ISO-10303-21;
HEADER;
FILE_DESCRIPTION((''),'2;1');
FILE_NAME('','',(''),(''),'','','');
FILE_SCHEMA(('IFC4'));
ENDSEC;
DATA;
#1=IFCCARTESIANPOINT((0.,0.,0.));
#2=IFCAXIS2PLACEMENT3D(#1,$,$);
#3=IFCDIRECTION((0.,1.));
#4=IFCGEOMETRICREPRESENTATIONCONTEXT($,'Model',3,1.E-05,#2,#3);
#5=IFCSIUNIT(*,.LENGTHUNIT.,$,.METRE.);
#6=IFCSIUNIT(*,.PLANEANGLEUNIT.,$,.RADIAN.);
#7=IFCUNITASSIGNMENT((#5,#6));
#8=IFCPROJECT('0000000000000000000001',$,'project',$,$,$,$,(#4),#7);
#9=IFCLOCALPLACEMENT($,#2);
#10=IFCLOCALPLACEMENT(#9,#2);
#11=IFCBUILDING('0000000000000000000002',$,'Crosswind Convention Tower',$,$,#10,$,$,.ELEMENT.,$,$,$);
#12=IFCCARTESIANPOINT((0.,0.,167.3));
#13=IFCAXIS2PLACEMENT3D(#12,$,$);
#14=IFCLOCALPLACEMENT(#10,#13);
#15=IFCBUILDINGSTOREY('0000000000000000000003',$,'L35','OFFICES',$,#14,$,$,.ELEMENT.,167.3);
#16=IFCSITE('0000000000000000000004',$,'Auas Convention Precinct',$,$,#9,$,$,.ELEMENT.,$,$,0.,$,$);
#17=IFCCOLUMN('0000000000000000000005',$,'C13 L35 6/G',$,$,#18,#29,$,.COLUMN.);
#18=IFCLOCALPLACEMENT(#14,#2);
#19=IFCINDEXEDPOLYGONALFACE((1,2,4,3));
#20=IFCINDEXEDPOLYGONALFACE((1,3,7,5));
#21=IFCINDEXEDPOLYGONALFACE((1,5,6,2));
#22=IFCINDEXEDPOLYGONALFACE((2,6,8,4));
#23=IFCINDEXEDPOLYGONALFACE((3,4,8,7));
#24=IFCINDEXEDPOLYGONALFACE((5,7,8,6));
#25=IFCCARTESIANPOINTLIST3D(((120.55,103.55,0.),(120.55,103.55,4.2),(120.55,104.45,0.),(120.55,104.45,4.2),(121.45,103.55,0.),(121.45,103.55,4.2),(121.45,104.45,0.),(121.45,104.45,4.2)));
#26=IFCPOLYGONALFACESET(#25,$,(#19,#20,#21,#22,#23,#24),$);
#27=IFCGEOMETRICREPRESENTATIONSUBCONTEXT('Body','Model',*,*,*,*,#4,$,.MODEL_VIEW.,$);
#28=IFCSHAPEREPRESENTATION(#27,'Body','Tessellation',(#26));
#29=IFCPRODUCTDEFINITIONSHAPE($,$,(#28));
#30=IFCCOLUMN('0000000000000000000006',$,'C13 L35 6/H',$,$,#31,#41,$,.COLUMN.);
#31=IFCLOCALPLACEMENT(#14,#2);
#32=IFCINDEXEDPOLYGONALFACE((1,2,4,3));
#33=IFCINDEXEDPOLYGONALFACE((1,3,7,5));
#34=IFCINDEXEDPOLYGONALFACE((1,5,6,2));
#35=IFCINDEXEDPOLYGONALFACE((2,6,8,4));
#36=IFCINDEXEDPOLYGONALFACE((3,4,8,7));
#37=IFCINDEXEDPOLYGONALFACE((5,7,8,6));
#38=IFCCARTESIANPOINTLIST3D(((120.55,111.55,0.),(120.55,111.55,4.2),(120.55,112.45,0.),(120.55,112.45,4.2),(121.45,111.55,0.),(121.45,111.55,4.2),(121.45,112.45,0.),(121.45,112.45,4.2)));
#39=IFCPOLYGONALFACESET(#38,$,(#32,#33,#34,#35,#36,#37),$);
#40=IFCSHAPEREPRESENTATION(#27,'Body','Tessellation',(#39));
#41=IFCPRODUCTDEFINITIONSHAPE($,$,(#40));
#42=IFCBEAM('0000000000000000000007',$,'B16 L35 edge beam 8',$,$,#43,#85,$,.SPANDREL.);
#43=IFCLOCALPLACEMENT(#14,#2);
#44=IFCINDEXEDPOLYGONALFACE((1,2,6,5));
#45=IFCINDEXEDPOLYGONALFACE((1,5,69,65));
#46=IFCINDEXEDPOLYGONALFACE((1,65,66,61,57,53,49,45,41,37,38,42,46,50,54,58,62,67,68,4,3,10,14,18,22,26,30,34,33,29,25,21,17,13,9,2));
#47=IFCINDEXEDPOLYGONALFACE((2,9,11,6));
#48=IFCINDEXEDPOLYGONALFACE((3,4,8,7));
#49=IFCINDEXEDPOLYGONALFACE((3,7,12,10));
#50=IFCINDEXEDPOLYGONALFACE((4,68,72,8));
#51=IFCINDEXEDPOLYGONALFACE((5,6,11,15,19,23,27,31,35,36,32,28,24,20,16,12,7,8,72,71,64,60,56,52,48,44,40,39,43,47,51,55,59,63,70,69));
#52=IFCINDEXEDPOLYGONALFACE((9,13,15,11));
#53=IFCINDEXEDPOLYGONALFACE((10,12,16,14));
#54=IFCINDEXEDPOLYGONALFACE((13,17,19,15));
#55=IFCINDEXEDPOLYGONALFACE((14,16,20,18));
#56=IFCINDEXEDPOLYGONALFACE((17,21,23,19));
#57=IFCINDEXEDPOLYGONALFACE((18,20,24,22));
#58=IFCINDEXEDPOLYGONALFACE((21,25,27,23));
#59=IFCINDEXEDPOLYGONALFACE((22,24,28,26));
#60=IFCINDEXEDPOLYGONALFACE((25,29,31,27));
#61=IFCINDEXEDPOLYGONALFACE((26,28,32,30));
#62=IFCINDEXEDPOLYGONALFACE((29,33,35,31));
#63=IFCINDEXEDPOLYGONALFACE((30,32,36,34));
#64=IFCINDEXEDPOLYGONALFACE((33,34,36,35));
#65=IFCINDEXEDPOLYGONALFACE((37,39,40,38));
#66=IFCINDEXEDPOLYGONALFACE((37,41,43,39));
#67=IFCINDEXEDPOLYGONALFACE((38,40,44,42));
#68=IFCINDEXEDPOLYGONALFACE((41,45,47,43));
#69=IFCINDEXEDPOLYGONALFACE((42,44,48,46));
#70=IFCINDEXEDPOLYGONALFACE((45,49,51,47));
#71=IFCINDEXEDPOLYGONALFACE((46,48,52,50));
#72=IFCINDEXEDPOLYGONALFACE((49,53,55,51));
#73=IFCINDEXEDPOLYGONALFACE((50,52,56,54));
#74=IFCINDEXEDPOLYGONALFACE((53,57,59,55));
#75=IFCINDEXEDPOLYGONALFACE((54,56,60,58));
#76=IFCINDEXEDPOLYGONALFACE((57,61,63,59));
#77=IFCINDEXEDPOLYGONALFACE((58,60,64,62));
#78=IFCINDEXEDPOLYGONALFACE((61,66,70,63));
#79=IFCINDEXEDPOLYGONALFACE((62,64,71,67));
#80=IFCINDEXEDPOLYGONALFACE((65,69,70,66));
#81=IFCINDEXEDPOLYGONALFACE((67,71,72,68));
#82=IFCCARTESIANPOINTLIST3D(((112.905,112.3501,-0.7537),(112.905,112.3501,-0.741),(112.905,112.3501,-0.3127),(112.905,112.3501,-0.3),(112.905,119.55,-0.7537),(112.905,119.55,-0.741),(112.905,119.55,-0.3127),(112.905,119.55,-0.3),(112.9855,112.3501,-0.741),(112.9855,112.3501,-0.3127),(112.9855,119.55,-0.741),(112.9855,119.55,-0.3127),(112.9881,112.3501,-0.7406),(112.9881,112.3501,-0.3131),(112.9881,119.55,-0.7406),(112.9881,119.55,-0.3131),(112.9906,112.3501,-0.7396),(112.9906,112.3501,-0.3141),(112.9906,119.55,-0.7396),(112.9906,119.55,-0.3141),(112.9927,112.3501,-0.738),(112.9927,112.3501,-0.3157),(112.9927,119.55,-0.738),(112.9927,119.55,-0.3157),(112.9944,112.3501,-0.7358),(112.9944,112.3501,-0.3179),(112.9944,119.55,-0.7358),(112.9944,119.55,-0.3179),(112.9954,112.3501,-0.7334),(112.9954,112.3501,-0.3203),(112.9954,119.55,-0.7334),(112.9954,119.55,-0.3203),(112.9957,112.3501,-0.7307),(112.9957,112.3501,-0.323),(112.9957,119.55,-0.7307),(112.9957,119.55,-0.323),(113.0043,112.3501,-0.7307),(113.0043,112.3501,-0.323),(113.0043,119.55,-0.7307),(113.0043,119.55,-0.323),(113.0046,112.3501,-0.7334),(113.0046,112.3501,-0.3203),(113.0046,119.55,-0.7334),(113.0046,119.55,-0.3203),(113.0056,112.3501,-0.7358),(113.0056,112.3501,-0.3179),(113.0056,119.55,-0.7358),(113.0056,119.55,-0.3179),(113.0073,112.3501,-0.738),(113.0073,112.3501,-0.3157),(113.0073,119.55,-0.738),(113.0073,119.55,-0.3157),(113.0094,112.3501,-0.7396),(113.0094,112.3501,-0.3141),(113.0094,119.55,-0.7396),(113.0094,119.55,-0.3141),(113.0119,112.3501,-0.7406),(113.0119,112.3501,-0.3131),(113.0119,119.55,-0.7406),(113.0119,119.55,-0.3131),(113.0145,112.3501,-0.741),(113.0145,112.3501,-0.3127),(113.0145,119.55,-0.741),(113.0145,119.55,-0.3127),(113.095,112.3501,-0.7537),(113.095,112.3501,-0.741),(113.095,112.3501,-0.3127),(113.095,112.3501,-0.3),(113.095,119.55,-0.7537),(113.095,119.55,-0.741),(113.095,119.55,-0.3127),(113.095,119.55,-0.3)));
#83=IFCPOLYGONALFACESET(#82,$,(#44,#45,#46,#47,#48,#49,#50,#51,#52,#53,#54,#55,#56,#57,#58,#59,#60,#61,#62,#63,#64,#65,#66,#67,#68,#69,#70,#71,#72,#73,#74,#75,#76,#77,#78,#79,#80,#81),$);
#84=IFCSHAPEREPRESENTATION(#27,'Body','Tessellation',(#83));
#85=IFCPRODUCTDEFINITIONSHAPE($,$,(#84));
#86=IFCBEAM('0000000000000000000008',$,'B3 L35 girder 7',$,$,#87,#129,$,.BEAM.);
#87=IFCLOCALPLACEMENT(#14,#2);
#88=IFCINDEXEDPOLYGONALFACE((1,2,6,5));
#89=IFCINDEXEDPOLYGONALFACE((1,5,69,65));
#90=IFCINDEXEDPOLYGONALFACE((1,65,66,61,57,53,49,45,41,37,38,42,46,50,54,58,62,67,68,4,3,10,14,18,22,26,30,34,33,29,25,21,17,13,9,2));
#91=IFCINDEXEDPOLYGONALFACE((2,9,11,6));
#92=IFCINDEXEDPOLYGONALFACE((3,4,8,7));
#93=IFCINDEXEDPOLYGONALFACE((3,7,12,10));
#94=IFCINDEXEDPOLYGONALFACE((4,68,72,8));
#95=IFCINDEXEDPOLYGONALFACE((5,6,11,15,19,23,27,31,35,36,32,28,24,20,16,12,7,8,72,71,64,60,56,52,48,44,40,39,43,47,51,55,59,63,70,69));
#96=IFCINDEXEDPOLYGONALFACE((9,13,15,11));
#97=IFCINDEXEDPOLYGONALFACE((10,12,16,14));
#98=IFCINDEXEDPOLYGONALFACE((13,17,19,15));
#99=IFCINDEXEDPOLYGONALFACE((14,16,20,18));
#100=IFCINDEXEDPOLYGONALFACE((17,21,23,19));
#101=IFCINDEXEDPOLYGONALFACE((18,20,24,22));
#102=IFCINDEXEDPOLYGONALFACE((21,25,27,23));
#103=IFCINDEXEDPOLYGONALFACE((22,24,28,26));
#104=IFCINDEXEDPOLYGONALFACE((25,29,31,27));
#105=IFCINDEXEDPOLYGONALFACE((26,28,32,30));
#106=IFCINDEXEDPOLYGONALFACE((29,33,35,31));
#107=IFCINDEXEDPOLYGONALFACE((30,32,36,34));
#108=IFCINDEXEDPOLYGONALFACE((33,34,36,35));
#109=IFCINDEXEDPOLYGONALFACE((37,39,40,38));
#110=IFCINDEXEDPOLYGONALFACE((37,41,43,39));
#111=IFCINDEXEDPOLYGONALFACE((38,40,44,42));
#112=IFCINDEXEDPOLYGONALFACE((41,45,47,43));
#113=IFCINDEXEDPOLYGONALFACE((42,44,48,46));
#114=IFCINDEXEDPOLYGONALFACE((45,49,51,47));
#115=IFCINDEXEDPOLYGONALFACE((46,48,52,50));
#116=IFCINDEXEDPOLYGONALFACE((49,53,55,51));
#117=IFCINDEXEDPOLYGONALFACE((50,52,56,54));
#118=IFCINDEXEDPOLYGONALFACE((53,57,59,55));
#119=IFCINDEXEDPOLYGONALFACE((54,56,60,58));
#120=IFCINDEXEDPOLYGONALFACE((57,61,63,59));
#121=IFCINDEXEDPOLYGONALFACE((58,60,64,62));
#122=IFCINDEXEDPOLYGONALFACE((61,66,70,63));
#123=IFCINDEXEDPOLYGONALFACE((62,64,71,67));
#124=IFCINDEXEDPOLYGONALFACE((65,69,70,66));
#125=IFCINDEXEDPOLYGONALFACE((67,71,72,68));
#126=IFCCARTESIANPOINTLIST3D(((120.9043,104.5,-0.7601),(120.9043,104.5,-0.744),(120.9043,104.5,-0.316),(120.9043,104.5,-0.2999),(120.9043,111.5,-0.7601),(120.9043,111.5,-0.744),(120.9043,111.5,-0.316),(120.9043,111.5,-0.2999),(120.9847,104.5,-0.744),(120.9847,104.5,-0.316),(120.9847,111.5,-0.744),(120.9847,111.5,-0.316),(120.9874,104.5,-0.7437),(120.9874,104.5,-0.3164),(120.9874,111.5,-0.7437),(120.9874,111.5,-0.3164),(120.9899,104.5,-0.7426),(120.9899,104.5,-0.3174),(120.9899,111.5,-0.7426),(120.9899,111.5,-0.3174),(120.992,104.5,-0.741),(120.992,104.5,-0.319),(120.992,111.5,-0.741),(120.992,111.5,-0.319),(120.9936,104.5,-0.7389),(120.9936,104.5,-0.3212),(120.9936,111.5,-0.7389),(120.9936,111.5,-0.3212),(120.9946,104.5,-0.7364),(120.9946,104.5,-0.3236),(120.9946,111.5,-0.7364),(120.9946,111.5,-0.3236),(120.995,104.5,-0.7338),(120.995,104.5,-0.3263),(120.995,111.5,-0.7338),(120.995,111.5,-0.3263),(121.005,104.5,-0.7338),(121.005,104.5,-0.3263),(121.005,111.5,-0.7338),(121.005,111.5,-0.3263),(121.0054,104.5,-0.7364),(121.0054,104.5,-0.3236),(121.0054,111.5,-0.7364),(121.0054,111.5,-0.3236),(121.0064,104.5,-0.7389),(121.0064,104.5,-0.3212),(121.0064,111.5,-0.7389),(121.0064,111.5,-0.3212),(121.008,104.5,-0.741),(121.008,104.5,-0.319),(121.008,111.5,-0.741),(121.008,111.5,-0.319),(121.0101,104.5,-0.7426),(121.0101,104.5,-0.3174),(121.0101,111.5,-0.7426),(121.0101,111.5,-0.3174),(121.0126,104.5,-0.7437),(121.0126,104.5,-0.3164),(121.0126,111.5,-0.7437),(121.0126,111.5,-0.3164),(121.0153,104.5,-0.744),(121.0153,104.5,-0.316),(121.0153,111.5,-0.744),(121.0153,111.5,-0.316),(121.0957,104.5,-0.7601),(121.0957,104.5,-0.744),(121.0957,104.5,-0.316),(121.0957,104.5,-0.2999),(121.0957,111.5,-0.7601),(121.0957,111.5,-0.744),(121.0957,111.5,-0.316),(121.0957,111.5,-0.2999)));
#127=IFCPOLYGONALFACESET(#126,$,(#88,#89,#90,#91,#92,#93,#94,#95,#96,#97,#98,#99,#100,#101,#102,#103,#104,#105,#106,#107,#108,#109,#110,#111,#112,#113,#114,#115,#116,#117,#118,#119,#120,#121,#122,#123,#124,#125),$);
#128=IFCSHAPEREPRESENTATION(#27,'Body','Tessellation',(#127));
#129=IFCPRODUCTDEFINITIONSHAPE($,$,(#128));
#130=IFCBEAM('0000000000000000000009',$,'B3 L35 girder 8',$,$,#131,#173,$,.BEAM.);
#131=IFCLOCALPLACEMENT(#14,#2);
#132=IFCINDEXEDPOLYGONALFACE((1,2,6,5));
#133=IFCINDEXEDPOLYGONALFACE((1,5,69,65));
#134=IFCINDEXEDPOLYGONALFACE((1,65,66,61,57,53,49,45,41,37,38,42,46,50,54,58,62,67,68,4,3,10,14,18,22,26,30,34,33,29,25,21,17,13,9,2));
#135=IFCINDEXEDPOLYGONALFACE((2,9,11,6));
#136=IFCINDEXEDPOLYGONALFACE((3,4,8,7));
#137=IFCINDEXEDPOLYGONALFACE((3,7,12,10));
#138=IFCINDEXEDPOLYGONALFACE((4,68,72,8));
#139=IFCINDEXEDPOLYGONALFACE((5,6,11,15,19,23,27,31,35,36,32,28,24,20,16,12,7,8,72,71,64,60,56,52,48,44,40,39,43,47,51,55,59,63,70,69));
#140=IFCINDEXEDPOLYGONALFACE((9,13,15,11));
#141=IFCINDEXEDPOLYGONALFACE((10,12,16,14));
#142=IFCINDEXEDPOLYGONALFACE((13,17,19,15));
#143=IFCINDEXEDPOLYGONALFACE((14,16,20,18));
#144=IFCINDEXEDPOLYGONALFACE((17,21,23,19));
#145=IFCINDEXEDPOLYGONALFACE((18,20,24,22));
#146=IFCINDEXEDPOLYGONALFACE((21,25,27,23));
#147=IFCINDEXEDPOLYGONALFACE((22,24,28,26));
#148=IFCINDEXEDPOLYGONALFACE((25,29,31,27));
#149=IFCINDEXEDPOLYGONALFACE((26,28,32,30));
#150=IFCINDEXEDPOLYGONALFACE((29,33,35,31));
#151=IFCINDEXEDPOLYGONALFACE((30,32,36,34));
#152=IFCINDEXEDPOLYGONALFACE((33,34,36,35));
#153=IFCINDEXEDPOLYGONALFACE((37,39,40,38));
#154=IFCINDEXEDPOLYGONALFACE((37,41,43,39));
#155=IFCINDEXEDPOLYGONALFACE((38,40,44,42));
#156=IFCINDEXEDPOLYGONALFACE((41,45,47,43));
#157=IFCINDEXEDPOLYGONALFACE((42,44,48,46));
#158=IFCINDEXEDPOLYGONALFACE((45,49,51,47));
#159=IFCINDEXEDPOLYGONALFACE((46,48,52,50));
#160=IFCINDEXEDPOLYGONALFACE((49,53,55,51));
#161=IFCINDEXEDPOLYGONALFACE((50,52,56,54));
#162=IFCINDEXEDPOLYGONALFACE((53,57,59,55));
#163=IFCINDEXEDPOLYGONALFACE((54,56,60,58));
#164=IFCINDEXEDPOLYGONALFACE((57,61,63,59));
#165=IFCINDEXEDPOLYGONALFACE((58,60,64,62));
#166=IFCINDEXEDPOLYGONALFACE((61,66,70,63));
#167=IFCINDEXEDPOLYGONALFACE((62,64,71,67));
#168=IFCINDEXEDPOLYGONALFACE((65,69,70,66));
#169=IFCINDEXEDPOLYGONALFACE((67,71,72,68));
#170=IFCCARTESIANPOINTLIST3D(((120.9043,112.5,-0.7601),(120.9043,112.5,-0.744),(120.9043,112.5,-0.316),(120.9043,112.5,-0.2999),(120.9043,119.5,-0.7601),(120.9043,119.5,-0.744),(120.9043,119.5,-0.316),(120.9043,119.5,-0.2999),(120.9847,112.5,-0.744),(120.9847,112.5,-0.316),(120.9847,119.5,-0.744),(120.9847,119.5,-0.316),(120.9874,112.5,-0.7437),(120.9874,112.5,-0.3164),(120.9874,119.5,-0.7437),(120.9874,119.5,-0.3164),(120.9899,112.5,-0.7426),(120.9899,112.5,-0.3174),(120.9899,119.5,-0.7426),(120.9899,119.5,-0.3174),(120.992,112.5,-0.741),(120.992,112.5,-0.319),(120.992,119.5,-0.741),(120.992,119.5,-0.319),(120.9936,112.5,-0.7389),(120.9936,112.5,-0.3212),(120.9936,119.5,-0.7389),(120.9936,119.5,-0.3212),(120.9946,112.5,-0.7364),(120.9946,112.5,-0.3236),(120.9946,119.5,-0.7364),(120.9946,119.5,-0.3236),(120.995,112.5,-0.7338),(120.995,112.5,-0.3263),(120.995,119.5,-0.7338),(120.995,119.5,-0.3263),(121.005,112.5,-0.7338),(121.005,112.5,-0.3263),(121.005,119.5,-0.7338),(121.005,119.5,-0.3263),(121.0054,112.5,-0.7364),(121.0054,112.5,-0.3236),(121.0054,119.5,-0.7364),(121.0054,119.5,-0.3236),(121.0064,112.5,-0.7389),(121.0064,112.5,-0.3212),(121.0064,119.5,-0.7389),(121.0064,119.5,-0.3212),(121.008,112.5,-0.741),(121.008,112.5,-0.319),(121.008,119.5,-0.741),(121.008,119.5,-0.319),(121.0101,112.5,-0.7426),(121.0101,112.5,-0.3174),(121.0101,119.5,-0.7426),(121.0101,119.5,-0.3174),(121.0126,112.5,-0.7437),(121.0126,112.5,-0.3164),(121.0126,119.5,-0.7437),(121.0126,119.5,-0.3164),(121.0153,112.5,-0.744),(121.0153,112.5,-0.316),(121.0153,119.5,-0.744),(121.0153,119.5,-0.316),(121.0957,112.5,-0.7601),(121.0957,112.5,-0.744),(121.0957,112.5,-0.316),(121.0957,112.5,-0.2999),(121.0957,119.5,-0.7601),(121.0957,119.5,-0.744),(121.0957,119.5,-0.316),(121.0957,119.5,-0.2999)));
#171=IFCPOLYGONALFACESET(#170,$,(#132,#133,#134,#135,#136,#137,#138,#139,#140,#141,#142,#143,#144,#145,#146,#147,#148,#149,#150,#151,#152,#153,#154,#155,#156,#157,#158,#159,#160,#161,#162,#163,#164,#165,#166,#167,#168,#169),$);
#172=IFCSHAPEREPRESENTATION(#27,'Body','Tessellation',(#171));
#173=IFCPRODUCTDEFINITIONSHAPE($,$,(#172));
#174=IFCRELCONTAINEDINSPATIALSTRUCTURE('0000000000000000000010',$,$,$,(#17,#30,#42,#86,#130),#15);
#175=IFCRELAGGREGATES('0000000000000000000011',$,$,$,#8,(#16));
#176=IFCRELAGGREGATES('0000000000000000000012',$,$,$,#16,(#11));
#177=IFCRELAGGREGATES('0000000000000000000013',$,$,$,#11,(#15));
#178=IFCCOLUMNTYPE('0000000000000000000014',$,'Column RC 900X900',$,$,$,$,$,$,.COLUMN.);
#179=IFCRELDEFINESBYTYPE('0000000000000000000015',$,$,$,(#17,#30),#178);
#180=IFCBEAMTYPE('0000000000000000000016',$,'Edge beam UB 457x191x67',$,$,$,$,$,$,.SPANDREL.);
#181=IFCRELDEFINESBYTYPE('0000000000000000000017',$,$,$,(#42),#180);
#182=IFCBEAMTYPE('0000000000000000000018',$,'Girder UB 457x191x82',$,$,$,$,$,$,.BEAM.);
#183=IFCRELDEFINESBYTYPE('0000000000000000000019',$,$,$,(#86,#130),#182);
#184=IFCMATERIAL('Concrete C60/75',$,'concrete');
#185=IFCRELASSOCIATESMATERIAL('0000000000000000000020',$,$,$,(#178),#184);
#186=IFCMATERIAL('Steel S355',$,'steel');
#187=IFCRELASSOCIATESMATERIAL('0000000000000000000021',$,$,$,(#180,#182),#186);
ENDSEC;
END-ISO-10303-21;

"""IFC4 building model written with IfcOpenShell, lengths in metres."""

from ifc_helpers import new_model, si_unit, direction, frame, origin, origin_2d, place, context, subcontext, project, spatial, rectangle, i_section, extrude, material, material_profile, profile_set, type_object, element, save


model = new_model("IFC4")

# Units and contexts
model_context = context("Model", 3, precision=1e-05, world=origin(), true_north=direction((0.0, 1.0)))
body_context = subcontext(model_context, "Body", "Model", "MODEL_VIEW")
ifc_project = project(units=[si_unit("LENGTHUNIT", "METRE"), si_unit("PLANEANGLEUNIT", "RADIAN")], contexts=[model_context])

# Site, building, storey
site_placement = place(None, origin())
site = spatial("IfcSite", under=ifc_project, at=site_placement, Name="Auas Convention Precinct", CompositionType="ELEMENT", RefElevation=0.0)
building_placement = place(site_placement, origin())
building = spatial("IfcBuilding", under=site, at=building_placement, Name="Crosswind Convention Tower", CompositionType="ELEMENT")
storey_placement = place(building_placement, frame((0.0, 0.0, 167.3)))
storey = spatial("IfcBuildingStorey", under=building, at=storey_placement, Name="L35", Description="OFFICES", CompositionType="ELEMENT", Elevation=167.3)

# Columns
ifc_material_1 = material(Name="Concrete C60/75", Category="concrete")
ifc_material_profile_1 = material_profile(ifc_material_1, rectangle(XDim=0.8999, YDim=0.8999, at=origin_2d()), Name="RC 900X900")
ifc_profile_set_1 = profile_set([ifc_material_profile_1], Name="Concrete C60/75")
column_type = type_object("IfcColumnType", Name="Column RC 900X900", PredefinedType="COLUMN", material=ifc_profile_set_1)
for number, where, z_axis, x_axis, name in (
    (1, (121.0, 104.0, 0.0), (0.0, 0.0, 1.0), (1.0, 0.0, 0.0), "C13 L35 6/G"),
    (2, (121.0, 112.0, 0.0), (0.0, 0.0, 1.0), (1.0, 0.0, 0.0), "C13 L35 6/H"),
):
    element("IfcColumn", number, at=place(storey_placement, frame(where, z_axis=z_axis, x_axis=x_axis)), inside=storey, type_object=column_type, Name=name, PredefinedType="COLUMN", context=body_context, shape_type="SweptSolid", body=[
        extrude(rectangle(XDim=0.8999, YDim=0.8999, at=origin_2d()), origin(), (0.0, 0.0, 1.0), 4.2),
    ])

# Beams
ifc_material_2 = material(Name="Steel S355", Category="steel")
ifc_material_profile_2 = material_profile(ifc_material_2, i_section(OverallWidth=0.1899, OverallDepth=0.4536, WebThickness=0.0085, FlangeThickness=0.0127, FilletRadius=0.0103, at=origin_2d()), Name="UB 457x191x67")
ifc_profile_set_2 = profile_set([ifc_material_profile_2], Name="Steel S355")
beam_type_1 = type_object("IfcBeamType", Name="Edge beam UB 457x191x67", PredefinedType="SPANDREL", material=ifc_profile_set_2)
beam_1_placement = place(storey_placement, frame((113.0, 112.3501, -0.5269), z_axis=(0.0, 1.0, 0.0), x_axis=(-1.0, 0.0, 0.0)))
element("IfcBeam", 3, at=beam_1_placement, inside=storey, type_object=beam_type_1, Name="B16 L35 edge beam 8", PredefinedType="SPANDREL", context=body_context, shape_type="SweptSolid", body=[
    extrude(i_section(OverallWidth=0.1899, OverallDepth=0.4536, WebThickness=0.0085, FlangeThickness=0.0127, FilletRadius=0.0103, at=origin_2d()), origin(), (0.0, 0.0, 1.0), 7.2),
])
ifc_material_profile_3 = material_profile(ifc_material_2, i_section(OverallWidth=0.1914, OverallDepth=0.4602, WebThickness=0.01, FlangeThickness=0.0161, FilletRadius=0.0103, at=origin_2d()), Name="UB 457x191x82")
ifc_profile_set_3 = profile_set([ifc_material_profile_3], Name="Steel S355")
beam_type_2 = type_object("IfcBeamType", Name="Girder UB 457x191x82", PredefinedType="BEAM", material=ifc_profile_set_3)
for number, where, z_axis, x_axis, name in (
    (4, (121.0, 104.5, -0.53), (0.0, 1.0, 0.0), (-1.0, 0.0, 0.0), "B3 L35 girder 7"),
    (5, (121.0, 112.5, -0.53), (0.0, 1.0, 0.0), (-1.0, 0.0, 0.0), "B3 L35 girder 8"),
):
    element("IfcBeam", number, at=place(storey_placement, frame(where, z_axis=z_axis, x_axis=x_axis)), inside=storey, type_object=beam_type_2, Name=name, PredefinedType="BEAM", context=body_context, shape_type="SweptSolid", body=[
        extrude(i_section(OverallWidth=0.1914, OverallDepth=0.4602, WebThickness=0.01, FlangeThickness=0.0161, FilletRadius=0.0103, at=origin_2d()), origin(), (0.0, 0.0, 1.0), 7.0),
    ])

save(model, "model.ifc")
